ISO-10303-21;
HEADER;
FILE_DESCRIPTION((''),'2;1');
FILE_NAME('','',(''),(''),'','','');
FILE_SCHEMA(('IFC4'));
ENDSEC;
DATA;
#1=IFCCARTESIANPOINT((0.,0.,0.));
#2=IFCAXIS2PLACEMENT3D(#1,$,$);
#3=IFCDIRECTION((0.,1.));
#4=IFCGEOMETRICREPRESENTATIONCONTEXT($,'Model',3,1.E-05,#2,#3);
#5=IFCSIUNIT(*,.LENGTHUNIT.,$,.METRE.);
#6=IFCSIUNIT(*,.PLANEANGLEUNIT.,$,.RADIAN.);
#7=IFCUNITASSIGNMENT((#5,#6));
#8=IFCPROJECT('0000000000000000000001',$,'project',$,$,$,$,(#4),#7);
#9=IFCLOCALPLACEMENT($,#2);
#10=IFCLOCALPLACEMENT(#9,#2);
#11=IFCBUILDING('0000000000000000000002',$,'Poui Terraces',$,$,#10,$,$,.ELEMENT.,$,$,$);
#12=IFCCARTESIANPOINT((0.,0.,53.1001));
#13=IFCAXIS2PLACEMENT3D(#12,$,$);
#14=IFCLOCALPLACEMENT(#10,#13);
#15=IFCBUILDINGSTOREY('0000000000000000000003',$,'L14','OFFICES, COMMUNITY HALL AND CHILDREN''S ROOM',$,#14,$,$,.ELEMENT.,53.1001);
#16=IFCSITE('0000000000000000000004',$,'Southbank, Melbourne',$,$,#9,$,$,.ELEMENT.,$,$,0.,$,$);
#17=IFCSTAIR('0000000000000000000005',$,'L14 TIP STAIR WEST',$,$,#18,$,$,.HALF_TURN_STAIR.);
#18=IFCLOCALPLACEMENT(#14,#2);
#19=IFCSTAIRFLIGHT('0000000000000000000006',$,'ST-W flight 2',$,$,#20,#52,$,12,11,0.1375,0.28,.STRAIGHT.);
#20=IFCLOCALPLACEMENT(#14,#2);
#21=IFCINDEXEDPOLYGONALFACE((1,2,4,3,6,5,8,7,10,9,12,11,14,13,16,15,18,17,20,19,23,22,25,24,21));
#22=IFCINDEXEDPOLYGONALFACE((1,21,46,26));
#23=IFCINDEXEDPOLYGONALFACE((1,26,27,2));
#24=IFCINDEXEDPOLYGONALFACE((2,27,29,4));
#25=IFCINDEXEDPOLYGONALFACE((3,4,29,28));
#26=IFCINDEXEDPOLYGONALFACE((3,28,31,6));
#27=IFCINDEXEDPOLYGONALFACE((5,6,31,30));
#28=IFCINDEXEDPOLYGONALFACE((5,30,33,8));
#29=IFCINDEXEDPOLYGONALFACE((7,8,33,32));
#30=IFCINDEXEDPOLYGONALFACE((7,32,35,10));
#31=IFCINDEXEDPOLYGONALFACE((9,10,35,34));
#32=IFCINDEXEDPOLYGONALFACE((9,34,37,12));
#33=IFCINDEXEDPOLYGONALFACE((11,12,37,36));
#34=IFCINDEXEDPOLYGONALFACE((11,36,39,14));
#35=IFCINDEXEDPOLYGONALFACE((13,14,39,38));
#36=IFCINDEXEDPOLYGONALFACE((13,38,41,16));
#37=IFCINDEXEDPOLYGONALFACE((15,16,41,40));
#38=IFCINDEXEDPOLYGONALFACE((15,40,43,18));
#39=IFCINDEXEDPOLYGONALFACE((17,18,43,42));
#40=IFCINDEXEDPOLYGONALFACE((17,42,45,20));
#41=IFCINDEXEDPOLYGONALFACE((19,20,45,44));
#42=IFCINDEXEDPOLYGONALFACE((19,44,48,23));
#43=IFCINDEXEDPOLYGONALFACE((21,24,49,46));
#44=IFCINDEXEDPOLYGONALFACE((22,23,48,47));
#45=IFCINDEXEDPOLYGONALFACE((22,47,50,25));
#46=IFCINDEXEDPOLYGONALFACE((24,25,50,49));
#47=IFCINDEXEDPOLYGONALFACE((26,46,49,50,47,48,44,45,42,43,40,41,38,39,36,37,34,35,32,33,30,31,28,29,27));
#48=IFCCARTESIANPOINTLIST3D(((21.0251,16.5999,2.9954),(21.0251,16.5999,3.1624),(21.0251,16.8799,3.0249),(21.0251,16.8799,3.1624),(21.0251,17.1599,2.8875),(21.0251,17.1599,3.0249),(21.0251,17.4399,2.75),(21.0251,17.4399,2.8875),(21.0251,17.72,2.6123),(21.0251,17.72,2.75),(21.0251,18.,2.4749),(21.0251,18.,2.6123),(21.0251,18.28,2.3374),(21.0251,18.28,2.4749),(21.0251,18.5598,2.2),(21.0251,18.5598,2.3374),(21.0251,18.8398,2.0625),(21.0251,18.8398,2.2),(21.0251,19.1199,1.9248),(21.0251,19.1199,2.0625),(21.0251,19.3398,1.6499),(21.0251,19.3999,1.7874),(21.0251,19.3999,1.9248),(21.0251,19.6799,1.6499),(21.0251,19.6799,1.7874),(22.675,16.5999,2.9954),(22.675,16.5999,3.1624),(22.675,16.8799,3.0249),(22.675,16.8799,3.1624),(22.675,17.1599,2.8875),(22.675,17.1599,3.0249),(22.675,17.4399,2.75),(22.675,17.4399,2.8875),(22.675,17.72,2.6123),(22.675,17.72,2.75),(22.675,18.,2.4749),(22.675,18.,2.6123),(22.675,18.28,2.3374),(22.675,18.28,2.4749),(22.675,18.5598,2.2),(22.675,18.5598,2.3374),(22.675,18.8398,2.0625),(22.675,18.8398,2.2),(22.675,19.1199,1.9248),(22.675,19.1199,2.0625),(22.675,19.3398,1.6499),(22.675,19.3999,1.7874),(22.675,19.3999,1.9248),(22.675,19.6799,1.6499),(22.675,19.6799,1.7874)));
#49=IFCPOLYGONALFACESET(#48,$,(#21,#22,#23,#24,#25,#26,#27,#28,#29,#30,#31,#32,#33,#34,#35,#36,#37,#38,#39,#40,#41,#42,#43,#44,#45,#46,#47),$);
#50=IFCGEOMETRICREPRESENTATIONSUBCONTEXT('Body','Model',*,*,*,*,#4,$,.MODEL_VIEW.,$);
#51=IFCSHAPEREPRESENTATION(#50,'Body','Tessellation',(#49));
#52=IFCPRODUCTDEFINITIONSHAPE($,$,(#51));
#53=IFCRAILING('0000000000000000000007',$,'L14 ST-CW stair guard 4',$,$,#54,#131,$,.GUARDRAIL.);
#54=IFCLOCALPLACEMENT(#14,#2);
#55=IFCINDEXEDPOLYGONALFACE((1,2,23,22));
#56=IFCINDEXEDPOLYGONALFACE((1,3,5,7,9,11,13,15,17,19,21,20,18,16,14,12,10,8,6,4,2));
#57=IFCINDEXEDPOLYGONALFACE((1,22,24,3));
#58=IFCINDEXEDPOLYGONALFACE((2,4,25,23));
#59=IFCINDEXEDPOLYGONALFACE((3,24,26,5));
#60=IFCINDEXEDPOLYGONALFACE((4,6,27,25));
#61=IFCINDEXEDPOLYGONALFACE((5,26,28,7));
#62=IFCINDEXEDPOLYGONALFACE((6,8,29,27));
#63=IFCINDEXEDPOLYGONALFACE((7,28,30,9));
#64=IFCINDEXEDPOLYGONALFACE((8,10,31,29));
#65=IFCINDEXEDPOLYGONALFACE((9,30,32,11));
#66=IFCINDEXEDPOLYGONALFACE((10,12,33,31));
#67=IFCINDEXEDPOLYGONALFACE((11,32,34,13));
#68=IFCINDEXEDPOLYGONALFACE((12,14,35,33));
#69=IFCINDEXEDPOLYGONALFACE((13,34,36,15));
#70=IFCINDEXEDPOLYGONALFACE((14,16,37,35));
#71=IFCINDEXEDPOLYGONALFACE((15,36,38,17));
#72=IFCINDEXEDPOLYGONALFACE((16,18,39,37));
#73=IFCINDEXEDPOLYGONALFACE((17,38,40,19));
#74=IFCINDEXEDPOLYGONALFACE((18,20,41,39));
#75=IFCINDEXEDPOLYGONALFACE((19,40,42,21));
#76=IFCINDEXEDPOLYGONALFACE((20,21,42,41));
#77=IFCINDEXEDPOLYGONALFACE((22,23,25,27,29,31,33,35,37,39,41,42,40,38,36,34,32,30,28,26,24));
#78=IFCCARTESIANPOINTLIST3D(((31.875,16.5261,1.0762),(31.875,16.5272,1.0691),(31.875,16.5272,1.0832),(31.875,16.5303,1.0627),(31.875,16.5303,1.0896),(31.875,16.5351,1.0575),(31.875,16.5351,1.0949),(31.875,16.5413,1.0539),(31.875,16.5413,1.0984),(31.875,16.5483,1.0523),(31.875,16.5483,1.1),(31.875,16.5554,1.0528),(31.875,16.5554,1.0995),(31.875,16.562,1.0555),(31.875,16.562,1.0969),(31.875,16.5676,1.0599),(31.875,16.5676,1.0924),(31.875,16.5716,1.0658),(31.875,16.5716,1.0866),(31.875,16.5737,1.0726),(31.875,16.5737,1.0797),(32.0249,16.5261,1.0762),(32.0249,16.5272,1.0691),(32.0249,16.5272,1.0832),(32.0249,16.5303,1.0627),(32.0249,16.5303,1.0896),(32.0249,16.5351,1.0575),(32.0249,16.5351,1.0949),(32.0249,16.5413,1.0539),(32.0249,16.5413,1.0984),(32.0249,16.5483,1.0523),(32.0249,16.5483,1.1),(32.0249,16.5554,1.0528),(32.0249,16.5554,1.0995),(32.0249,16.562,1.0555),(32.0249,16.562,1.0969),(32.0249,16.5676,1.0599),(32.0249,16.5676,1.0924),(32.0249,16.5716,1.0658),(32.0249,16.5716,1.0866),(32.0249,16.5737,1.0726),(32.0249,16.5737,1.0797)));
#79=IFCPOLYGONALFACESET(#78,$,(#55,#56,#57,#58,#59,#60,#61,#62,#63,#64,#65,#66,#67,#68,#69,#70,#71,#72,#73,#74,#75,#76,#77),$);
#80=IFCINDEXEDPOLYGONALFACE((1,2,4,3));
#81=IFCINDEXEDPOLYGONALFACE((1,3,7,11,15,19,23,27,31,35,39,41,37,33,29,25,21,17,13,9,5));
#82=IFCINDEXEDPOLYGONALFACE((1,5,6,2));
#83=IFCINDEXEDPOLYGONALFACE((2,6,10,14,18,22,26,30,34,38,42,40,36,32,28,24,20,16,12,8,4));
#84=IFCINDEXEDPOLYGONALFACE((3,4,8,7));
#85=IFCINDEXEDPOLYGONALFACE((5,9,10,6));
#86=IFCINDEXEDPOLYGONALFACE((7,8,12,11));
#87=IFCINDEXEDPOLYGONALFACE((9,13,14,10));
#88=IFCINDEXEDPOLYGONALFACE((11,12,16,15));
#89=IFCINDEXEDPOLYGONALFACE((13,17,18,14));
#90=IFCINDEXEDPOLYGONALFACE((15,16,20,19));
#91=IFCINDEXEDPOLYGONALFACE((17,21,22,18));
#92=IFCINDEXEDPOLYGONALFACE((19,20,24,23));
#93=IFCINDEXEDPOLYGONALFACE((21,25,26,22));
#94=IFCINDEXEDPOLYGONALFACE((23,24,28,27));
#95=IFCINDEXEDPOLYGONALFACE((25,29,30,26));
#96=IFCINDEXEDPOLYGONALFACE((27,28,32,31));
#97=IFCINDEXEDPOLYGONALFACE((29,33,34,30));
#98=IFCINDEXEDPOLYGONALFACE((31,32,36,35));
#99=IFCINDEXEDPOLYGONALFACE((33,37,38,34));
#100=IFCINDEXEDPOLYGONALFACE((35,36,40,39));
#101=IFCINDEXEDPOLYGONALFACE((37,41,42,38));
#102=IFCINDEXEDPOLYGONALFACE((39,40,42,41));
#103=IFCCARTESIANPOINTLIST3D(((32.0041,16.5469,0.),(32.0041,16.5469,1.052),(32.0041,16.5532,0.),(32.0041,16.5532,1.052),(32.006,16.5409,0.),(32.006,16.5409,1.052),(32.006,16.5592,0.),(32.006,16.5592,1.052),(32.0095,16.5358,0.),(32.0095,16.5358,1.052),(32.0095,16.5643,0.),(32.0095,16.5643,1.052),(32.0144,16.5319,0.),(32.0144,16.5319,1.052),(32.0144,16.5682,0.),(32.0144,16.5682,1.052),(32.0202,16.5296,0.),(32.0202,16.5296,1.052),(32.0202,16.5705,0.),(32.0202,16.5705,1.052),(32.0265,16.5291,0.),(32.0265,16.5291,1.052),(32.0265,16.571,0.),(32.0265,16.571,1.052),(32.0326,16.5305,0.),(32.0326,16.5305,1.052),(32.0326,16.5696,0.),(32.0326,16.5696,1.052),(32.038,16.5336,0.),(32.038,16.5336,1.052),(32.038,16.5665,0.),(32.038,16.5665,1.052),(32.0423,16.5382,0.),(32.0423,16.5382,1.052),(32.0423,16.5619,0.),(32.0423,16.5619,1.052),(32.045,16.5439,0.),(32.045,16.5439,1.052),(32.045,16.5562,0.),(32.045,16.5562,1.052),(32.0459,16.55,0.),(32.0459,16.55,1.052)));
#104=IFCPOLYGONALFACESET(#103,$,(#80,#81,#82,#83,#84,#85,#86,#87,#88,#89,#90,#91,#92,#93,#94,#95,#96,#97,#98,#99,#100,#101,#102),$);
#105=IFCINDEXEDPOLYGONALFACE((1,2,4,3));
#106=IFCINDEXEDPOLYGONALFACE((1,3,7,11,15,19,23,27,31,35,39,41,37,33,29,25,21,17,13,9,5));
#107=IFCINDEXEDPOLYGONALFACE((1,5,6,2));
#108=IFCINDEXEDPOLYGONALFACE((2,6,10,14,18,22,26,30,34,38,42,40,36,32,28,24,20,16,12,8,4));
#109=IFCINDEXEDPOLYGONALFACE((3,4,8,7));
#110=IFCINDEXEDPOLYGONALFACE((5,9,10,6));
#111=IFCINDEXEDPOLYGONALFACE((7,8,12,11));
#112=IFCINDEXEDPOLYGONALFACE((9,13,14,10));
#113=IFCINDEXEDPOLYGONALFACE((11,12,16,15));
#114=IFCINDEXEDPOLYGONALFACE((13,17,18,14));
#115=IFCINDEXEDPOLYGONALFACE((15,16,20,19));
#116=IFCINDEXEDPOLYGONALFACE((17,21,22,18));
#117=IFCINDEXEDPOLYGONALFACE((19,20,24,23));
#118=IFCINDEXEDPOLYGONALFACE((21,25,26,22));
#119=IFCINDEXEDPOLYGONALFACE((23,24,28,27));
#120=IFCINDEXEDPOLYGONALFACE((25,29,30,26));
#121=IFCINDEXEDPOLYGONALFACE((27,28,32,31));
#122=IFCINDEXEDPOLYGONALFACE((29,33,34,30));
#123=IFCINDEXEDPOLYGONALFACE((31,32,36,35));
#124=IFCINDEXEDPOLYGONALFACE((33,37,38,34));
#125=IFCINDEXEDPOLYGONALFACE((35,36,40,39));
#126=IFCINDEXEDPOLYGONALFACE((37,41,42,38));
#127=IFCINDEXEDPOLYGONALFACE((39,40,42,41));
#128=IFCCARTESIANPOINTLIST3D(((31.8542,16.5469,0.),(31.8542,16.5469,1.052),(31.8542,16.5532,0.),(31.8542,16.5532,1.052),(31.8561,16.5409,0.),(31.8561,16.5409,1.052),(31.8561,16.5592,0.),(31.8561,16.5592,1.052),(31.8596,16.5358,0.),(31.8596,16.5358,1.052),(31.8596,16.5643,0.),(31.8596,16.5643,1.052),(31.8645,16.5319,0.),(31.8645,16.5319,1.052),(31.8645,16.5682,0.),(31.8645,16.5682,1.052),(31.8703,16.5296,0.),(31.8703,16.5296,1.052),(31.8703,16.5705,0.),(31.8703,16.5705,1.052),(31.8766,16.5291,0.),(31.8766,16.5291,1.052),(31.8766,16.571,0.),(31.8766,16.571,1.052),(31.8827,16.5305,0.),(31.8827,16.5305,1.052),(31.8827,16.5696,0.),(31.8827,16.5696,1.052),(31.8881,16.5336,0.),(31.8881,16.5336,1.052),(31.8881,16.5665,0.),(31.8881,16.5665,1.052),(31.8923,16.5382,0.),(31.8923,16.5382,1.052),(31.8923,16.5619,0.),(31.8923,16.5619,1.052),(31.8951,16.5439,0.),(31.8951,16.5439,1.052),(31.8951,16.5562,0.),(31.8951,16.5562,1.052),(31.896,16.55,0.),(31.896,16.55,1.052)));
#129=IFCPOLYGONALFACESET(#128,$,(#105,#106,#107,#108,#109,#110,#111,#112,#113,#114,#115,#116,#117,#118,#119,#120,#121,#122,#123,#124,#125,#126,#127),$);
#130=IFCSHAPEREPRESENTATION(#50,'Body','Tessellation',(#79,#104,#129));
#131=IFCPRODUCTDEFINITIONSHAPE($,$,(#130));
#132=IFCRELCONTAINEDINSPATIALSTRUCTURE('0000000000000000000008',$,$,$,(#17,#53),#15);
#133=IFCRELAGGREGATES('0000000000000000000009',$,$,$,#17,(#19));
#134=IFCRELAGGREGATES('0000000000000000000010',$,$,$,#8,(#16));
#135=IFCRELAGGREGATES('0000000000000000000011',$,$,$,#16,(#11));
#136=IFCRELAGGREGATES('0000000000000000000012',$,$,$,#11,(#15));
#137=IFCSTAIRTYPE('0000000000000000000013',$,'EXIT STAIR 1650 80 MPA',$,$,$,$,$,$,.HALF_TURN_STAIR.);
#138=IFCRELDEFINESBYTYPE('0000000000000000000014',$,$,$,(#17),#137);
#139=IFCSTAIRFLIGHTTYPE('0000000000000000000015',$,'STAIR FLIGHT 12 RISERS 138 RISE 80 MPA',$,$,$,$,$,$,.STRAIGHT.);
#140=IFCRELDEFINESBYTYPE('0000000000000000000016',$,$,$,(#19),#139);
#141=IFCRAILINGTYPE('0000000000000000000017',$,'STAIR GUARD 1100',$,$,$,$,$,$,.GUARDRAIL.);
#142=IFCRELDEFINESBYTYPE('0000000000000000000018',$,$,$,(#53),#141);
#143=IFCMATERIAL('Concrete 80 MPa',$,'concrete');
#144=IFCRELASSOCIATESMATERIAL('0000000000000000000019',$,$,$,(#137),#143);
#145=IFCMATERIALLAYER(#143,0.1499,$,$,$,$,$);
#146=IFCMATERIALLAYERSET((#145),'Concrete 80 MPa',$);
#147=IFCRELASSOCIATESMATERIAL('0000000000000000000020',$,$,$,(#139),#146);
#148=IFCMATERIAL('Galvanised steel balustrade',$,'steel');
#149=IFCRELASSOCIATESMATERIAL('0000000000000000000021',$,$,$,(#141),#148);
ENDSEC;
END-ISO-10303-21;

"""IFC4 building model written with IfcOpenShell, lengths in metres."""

from ifc_helpers import new_model, si_unit, direction, frame, origin, origin_2d, place, context, subcontext, project, spatial, polyline, circle, outline, extrude, material, layer, layer_set, type_object, element, aggregate, save


model = new_model("IFC4")

# Units and contexts
model_context = context("Model", 3, precision=1e-05, world=origin(), true_north=direction((0.0, 1.0)))
body_context = subcontext(model_context, "Body", "Model", "MODEL_VIEW")
ifc_project = project(units=[si_unit("LENGTHUNIT", "METRE"), si_unit("PLANEANGLEUNIT", "RADIAN")], contexts=[model_context])

# Site, building, storey
site_placement = place(None, origin())
site = spatial("IfcSite", under=ifc_project, at=site_placement, Name="Southbank, Melbourne", CompositionType="ELEMENT", RefElevation=0.0)
building_placement = place(site_placement, origin())
building = spatial("IfcBuilding", under=site, at=building_placement, Name="Poui Terraces", CompositionType="ELEMENT")
storey_placement = place(building_placement, frame((0.0, 0.0, 53.1001)))
storey = spatial("IfcBuildingStorey", under=building, at=storey_placement, Name="L14", Description="OFFICES, COMMUNITY HALL AND CHILDREN'S ROOM", CompositionType="ELEMENT", Elevation=53.1001)

# Shared definitions
ifc_material_1 = material(Name="Concrete 80 MPa", Category="concrete")

# Stair, stair flight
stair_type = type_object("IfcStairType", Name="EXIT STAIR 1650 80 MPA", PredefinedType="HALF_TURN_STAIR", material=ifc_material_1)
stair_placement = place(storey_placement, origin())
stair = element("IfcStair", 1, at=stair_placement, inside=storey, type_object=stair_type, Name="L14 TIP STAIR WEST", PredefinedType="HALF_TURN_STAIR")
ifc_layer_1 = layer(ifc_material_1, 0.1499)
ifc_layer_set_1 = layer_set([ifc_layer_1], Name="Concrete 80 MPa")
stair_flight_type = type_object("IfcStairFlightType", Name="STAIR FLIGHT 12 RISERS 138 RISE 80 MPA", PredefinedType="STRAIGHT", material=ifc_layer_set_1)
stair_flight_1_placement = place(storey_placement, frame((21.8501, 19.6799, 1.6499), z_axis=(0.0, 0.0, 1.0), x_axis=(0.0, -1.0, 0.0)))
stair_flight_1 = element("IfcStairFlight", 2, at=stair_flight_1_placement, type_object=stair_flight_type, Name="ST-W flight 2", NumberOfRisers=12, NumberOfTreads=11, PredefinedType="STRAIGHT", RiserHeight=0.1375, TreadLength=0.28, context=body_context, shape_type="SweptSolid", body=[
    extrude(outline(polyline([(0.0, 0.0), (0.0, 0.1375), (0.28, 0.1375), (0.28, 0.2749), (0.5601, 0.2749), (0.5601, 0.4126), (0.8401, 0.4126), (0.8401, 0.55), (1.1201, 0.55), (1.1201, 0.6875), (1.3999, 0.6875), (1.3999, 0.825), (1.6799, 0.825), (1.6799, 0.9624), (1.96, 0.9624), (1.96, 1.1001), (2.24, 1.1001), (2.24, 1.2375), (2.52, 1.2375), (2.52, 1.375), (2.8, 1.375), (2.8, 1.5125), (3.0801, 1.5125), (3.0801, 1.6499), (3.0801, 1.3455), (0.3401, 0.0), (0.0, 0.0)])), frame((0.0, 0.825, 0.0), z_axis=(0.0, -1.0, 0.0), x_axis=(1.0, 0.0, 0.0)), (0.0, 0.0, 1.0), 1.6499),
])
aggregate(stair, [stair_flight_1])

# Railing
ifc_material_2 = material(Name="Galvanised steel balustrade", Category="steel")
railing_type_1 = type_object("IfcRailingType", Name="STAIR GUARD 1100", PredefinedType="GUARDRAIL", material=ifc_material_2)
railing_1_placement = place(storey_placement, frame((32.0249, 16.55, 0.0)))
element("IfcRailing", 3, at=railing_1_placement, inside=storey, type_object=railing_type_1, Name="L14 ST-CW stair guard 4", PredefinedType="GUARDRAIL", context=body_context, shape_type="SweptSolid", body=[
    extrude(circle(Radius=0.0239, at=origin_2d()), frame((0.0, 0.0, 1.0762), z_axis=(-1.0, 0.0, 0.0), x_axis=(0.0, -1.0, 0.0)), (0.0, 0.0, 1.0), 0.1499),
    extrude(circle(Radius=0.021, at=origin_2d()), origin(), (0.0, 0.0, 1.0), 1.052),
    extrude(circle(Radius=0.021, at=origin_2d()), frame((-0.1499, 0.0, 0.0)), (0.0, 0.0, 1.0), 1.052),
])

save(model, "model.ifc")
